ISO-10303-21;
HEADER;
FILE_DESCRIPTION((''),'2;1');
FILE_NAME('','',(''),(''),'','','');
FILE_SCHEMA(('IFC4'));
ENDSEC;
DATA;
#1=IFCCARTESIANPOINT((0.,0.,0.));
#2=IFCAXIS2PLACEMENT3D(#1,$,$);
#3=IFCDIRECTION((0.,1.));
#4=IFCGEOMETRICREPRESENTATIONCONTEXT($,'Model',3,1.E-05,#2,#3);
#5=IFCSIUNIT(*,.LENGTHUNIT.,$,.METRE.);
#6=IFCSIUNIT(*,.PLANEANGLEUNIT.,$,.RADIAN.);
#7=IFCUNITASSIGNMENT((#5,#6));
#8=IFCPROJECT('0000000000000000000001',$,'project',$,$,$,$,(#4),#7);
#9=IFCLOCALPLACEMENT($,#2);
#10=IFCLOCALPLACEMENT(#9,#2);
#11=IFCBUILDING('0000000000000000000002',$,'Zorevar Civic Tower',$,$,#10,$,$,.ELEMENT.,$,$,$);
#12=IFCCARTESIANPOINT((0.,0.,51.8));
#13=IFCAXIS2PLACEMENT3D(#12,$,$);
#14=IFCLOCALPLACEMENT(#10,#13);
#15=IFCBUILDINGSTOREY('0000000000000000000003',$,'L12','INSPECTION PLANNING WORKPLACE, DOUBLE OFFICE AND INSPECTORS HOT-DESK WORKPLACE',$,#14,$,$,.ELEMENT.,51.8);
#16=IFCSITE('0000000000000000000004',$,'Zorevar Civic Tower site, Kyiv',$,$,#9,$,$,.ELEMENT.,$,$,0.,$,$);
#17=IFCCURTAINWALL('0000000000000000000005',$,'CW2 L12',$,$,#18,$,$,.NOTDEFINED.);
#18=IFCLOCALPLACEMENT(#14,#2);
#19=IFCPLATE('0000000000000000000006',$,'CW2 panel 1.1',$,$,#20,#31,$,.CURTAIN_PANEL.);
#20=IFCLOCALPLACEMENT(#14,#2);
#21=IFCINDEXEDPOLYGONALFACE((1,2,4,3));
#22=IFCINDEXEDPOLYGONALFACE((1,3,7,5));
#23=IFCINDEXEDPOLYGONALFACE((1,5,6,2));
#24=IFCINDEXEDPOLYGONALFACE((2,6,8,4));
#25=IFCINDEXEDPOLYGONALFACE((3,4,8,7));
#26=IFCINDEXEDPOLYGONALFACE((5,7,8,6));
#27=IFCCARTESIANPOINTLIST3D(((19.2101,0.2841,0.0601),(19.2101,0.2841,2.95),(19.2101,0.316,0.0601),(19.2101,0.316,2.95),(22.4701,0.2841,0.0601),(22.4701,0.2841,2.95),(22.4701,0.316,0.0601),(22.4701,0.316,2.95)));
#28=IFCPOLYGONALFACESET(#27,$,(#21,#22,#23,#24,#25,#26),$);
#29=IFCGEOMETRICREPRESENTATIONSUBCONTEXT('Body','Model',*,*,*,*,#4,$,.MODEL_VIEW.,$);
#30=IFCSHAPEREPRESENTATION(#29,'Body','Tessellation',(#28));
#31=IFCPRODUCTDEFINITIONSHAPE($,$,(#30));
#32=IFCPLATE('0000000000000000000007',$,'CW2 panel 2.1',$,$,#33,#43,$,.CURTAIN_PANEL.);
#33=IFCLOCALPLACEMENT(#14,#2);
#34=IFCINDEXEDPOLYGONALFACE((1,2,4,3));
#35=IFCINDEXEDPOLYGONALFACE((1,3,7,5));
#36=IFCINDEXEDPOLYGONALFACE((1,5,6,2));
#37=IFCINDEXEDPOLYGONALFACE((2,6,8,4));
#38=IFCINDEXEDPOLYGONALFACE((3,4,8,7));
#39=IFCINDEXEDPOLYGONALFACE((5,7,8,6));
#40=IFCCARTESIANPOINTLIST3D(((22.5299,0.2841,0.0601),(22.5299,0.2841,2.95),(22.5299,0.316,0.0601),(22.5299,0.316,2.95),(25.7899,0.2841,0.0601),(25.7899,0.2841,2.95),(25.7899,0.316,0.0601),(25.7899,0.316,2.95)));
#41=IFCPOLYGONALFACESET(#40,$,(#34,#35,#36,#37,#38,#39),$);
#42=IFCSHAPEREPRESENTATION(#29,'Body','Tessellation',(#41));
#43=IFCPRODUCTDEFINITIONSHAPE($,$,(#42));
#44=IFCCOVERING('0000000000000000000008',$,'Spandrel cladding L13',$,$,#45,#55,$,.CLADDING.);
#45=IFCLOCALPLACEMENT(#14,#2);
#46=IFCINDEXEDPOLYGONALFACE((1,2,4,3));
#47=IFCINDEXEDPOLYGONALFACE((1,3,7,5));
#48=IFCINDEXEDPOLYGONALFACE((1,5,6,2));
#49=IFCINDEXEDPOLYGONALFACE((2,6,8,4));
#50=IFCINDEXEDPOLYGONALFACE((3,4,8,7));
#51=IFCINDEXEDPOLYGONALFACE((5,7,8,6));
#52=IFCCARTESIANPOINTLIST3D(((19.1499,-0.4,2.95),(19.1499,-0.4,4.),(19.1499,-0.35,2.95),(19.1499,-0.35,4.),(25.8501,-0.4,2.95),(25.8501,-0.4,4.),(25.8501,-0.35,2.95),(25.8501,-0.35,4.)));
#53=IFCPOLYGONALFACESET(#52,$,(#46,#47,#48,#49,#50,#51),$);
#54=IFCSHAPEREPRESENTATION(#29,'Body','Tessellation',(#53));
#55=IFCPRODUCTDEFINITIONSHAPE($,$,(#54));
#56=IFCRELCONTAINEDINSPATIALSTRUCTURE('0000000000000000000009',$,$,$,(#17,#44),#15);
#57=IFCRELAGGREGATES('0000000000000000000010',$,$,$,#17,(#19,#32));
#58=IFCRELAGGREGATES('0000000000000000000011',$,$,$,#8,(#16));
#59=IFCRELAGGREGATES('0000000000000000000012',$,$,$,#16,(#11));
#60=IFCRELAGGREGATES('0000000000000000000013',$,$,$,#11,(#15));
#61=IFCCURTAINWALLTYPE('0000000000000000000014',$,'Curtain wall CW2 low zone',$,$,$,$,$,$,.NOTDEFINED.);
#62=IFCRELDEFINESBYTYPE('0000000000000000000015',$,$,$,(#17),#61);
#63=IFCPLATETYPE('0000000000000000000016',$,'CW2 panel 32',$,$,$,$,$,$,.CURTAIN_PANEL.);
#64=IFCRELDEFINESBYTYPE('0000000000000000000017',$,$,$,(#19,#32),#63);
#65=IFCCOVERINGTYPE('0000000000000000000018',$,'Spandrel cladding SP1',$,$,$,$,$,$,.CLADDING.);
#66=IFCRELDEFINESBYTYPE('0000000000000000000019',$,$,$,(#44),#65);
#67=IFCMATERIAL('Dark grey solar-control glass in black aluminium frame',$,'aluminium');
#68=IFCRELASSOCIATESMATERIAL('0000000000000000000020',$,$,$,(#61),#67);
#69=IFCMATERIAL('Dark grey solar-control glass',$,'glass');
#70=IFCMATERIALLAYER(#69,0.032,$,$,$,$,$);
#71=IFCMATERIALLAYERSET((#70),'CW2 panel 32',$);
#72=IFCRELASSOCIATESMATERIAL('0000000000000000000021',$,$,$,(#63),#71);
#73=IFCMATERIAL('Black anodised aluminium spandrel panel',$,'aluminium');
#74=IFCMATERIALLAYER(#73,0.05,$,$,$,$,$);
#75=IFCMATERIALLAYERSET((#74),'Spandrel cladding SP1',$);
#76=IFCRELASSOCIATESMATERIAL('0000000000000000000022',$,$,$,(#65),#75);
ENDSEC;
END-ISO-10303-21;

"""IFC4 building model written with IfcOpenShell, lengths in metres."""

from ifc_helpers import new_model, si_unit, direction, frame, frame_2d, origin, origin_2d, place, context, subcontext, project, spatial, rectangle, extrude, material, layer, layer_set, type_object, element, aggregate, save


model = new_model("IFC4")

# Units and contexts
model_context = context("Model", 3, precision=1e-05, world=origin(), true_north=direction((0.0, 1.0)))
body_context = subcontext(model_context, "Body", "Model", "MODEL_VIEW")
ifc_project = project(units=[si_unit("LENGTHUNIT", "METRE"), si_unit("PLANEANGLEUNIT", "RADIAN")], contexts=[model_context])

# Site, building, storey
site_placement = place(None, origin())
site = spatial("IfcSite", under=ifc_project, at=site_placement, Name="Zorevar Civic Tower site, Kyiv", CompositionType="ELEMENT", RefElevation=0.0)
building_placement = place(site_placement, origin())
building = spatial("IfcBuilding", under=site, at=building_placement, Name="Zorevar Civic Tower", CompositionType="ELEMENT")
storey_placement = place(building_placement, frame((0.0, 0.0, 51.8)))
storey = spatial("IfcBuildingStorey", under=building, at=storey_placement, Name="L12", Description="INSPECTION PLANNING WORKPLACE, DOUBLE OFFICE AND INSPECTORS HOT-DESK WORKPLACE", CompositionType="ELEMENT", Elevation=51.8)

# Curtain wall
ifc_material_1 = material(Name="Dark grey solar-control glass in black aluminium frame", Category="aluminium")
curtain_wall_type = type_object("IfcCurtainWallType", Name="Curtain wall CW2 low zone", PredefinedType="NOTDEFINED", material=ifc_material_1)
curtain_wall_1_placement = place(storey_placement, origin())
curtain_wall_1 = element("IfcCurtainWall", 1, at=curtain_wall_1_placement, inside=storey, type_object=curtain_wall_type, Name="CW2 L12", PredefinedType="NOTDEFINED")

# Plates
ifc_material_2 = material(Name="Dark grey solar-control glass", Category="glass")
ifc_layer_1 = layer(ifc_material_2, 0.032)
ifc_layer_set_1 = layer_set([ifc_layer_1], Name="CW2 panel 32")
plate_type = type_object("IfcPlateType", Name="CW2 panel 32", PredefinedType="CURTAIN_PANEL", material=ifc_layer_set_1)
plate_1_placement = place(storey_placement, frame((20.8401, 0.3, 0.0601), z_axis=(0.0, 0.0, 1.0), x_axis=(1.0, 0.0, 0.0)))
plate_1 = element("IfcPlate", 2, at=plate_1_placement, type_object=plate_type, Name="CW2 panel 1.1", PredefinedType="CURTAIN_PANEL", context=body_context, shape_type="SweptSolid", body=[
    extrude(rectangle(XDim=3.26, YDim=0.032, at=origin_2d()), origin(), (0.0, 0.0, 1.0), 2.8899),
])
plate_2_placement = place(storey_placement, frame((24.1599, 0.3, 0.0601), z_axis=(0.0, 0.0, 1.0), x_axis=(1.0, 0.0, 0.0)))
plate_2 = element("IfcPlate", 3, at=plate_2_placement, type_object=plate_type, Name="CW2 panel 2.1", PredefinedType="CURTAIN_PANEL", context=body_context, shape_type="SweptSolid", body=[
    extrude(rectangle(XDim=3.26, YDim=0.032, at=origin_2d()), origin(), (0.0, 0.0, 1.0), 2.8899),
])
aggregate(curtain_wall_1, [plate_1, plate_2])

# Covering
ifc_material_3 = material(Name="Black anodised aluminium spandrel panel", Category="aluminium")
ifc_layer_2 = layer(ifc_material_3, 0.05)
ifc_layer_set_2 = layer_set([ifc_layer_2], Name="Spandrel cladding SP1")
covering_type = type_object("IfcCoveringType", Name="Spandrel cladding SP1", PredefinedType="CLADDING", material=ifc_layer_set_2)
covering_placement = place(storey_placement, frame((19.1499, -0.375, 2.95), z_axis=(0.0, 0.0, 1.0), x_axis=(1.0, 0.0, 0.0)))
element("IfcCovering", 4, at=covering_placement, inside=storey, type_object=covering_type, Name="Spandrel cladding L13", PredefinedType="CLADDING", context=body_context, shape_type="SweptSolid", body=[
    extrude(rectangle(XDim=6.7002, YDim=0.05, at=frame_2d((3.3501, 0.0))), origin(), (0.0, 0.0, 1.0), 1.05),
])

save(model, "model.ifc")
